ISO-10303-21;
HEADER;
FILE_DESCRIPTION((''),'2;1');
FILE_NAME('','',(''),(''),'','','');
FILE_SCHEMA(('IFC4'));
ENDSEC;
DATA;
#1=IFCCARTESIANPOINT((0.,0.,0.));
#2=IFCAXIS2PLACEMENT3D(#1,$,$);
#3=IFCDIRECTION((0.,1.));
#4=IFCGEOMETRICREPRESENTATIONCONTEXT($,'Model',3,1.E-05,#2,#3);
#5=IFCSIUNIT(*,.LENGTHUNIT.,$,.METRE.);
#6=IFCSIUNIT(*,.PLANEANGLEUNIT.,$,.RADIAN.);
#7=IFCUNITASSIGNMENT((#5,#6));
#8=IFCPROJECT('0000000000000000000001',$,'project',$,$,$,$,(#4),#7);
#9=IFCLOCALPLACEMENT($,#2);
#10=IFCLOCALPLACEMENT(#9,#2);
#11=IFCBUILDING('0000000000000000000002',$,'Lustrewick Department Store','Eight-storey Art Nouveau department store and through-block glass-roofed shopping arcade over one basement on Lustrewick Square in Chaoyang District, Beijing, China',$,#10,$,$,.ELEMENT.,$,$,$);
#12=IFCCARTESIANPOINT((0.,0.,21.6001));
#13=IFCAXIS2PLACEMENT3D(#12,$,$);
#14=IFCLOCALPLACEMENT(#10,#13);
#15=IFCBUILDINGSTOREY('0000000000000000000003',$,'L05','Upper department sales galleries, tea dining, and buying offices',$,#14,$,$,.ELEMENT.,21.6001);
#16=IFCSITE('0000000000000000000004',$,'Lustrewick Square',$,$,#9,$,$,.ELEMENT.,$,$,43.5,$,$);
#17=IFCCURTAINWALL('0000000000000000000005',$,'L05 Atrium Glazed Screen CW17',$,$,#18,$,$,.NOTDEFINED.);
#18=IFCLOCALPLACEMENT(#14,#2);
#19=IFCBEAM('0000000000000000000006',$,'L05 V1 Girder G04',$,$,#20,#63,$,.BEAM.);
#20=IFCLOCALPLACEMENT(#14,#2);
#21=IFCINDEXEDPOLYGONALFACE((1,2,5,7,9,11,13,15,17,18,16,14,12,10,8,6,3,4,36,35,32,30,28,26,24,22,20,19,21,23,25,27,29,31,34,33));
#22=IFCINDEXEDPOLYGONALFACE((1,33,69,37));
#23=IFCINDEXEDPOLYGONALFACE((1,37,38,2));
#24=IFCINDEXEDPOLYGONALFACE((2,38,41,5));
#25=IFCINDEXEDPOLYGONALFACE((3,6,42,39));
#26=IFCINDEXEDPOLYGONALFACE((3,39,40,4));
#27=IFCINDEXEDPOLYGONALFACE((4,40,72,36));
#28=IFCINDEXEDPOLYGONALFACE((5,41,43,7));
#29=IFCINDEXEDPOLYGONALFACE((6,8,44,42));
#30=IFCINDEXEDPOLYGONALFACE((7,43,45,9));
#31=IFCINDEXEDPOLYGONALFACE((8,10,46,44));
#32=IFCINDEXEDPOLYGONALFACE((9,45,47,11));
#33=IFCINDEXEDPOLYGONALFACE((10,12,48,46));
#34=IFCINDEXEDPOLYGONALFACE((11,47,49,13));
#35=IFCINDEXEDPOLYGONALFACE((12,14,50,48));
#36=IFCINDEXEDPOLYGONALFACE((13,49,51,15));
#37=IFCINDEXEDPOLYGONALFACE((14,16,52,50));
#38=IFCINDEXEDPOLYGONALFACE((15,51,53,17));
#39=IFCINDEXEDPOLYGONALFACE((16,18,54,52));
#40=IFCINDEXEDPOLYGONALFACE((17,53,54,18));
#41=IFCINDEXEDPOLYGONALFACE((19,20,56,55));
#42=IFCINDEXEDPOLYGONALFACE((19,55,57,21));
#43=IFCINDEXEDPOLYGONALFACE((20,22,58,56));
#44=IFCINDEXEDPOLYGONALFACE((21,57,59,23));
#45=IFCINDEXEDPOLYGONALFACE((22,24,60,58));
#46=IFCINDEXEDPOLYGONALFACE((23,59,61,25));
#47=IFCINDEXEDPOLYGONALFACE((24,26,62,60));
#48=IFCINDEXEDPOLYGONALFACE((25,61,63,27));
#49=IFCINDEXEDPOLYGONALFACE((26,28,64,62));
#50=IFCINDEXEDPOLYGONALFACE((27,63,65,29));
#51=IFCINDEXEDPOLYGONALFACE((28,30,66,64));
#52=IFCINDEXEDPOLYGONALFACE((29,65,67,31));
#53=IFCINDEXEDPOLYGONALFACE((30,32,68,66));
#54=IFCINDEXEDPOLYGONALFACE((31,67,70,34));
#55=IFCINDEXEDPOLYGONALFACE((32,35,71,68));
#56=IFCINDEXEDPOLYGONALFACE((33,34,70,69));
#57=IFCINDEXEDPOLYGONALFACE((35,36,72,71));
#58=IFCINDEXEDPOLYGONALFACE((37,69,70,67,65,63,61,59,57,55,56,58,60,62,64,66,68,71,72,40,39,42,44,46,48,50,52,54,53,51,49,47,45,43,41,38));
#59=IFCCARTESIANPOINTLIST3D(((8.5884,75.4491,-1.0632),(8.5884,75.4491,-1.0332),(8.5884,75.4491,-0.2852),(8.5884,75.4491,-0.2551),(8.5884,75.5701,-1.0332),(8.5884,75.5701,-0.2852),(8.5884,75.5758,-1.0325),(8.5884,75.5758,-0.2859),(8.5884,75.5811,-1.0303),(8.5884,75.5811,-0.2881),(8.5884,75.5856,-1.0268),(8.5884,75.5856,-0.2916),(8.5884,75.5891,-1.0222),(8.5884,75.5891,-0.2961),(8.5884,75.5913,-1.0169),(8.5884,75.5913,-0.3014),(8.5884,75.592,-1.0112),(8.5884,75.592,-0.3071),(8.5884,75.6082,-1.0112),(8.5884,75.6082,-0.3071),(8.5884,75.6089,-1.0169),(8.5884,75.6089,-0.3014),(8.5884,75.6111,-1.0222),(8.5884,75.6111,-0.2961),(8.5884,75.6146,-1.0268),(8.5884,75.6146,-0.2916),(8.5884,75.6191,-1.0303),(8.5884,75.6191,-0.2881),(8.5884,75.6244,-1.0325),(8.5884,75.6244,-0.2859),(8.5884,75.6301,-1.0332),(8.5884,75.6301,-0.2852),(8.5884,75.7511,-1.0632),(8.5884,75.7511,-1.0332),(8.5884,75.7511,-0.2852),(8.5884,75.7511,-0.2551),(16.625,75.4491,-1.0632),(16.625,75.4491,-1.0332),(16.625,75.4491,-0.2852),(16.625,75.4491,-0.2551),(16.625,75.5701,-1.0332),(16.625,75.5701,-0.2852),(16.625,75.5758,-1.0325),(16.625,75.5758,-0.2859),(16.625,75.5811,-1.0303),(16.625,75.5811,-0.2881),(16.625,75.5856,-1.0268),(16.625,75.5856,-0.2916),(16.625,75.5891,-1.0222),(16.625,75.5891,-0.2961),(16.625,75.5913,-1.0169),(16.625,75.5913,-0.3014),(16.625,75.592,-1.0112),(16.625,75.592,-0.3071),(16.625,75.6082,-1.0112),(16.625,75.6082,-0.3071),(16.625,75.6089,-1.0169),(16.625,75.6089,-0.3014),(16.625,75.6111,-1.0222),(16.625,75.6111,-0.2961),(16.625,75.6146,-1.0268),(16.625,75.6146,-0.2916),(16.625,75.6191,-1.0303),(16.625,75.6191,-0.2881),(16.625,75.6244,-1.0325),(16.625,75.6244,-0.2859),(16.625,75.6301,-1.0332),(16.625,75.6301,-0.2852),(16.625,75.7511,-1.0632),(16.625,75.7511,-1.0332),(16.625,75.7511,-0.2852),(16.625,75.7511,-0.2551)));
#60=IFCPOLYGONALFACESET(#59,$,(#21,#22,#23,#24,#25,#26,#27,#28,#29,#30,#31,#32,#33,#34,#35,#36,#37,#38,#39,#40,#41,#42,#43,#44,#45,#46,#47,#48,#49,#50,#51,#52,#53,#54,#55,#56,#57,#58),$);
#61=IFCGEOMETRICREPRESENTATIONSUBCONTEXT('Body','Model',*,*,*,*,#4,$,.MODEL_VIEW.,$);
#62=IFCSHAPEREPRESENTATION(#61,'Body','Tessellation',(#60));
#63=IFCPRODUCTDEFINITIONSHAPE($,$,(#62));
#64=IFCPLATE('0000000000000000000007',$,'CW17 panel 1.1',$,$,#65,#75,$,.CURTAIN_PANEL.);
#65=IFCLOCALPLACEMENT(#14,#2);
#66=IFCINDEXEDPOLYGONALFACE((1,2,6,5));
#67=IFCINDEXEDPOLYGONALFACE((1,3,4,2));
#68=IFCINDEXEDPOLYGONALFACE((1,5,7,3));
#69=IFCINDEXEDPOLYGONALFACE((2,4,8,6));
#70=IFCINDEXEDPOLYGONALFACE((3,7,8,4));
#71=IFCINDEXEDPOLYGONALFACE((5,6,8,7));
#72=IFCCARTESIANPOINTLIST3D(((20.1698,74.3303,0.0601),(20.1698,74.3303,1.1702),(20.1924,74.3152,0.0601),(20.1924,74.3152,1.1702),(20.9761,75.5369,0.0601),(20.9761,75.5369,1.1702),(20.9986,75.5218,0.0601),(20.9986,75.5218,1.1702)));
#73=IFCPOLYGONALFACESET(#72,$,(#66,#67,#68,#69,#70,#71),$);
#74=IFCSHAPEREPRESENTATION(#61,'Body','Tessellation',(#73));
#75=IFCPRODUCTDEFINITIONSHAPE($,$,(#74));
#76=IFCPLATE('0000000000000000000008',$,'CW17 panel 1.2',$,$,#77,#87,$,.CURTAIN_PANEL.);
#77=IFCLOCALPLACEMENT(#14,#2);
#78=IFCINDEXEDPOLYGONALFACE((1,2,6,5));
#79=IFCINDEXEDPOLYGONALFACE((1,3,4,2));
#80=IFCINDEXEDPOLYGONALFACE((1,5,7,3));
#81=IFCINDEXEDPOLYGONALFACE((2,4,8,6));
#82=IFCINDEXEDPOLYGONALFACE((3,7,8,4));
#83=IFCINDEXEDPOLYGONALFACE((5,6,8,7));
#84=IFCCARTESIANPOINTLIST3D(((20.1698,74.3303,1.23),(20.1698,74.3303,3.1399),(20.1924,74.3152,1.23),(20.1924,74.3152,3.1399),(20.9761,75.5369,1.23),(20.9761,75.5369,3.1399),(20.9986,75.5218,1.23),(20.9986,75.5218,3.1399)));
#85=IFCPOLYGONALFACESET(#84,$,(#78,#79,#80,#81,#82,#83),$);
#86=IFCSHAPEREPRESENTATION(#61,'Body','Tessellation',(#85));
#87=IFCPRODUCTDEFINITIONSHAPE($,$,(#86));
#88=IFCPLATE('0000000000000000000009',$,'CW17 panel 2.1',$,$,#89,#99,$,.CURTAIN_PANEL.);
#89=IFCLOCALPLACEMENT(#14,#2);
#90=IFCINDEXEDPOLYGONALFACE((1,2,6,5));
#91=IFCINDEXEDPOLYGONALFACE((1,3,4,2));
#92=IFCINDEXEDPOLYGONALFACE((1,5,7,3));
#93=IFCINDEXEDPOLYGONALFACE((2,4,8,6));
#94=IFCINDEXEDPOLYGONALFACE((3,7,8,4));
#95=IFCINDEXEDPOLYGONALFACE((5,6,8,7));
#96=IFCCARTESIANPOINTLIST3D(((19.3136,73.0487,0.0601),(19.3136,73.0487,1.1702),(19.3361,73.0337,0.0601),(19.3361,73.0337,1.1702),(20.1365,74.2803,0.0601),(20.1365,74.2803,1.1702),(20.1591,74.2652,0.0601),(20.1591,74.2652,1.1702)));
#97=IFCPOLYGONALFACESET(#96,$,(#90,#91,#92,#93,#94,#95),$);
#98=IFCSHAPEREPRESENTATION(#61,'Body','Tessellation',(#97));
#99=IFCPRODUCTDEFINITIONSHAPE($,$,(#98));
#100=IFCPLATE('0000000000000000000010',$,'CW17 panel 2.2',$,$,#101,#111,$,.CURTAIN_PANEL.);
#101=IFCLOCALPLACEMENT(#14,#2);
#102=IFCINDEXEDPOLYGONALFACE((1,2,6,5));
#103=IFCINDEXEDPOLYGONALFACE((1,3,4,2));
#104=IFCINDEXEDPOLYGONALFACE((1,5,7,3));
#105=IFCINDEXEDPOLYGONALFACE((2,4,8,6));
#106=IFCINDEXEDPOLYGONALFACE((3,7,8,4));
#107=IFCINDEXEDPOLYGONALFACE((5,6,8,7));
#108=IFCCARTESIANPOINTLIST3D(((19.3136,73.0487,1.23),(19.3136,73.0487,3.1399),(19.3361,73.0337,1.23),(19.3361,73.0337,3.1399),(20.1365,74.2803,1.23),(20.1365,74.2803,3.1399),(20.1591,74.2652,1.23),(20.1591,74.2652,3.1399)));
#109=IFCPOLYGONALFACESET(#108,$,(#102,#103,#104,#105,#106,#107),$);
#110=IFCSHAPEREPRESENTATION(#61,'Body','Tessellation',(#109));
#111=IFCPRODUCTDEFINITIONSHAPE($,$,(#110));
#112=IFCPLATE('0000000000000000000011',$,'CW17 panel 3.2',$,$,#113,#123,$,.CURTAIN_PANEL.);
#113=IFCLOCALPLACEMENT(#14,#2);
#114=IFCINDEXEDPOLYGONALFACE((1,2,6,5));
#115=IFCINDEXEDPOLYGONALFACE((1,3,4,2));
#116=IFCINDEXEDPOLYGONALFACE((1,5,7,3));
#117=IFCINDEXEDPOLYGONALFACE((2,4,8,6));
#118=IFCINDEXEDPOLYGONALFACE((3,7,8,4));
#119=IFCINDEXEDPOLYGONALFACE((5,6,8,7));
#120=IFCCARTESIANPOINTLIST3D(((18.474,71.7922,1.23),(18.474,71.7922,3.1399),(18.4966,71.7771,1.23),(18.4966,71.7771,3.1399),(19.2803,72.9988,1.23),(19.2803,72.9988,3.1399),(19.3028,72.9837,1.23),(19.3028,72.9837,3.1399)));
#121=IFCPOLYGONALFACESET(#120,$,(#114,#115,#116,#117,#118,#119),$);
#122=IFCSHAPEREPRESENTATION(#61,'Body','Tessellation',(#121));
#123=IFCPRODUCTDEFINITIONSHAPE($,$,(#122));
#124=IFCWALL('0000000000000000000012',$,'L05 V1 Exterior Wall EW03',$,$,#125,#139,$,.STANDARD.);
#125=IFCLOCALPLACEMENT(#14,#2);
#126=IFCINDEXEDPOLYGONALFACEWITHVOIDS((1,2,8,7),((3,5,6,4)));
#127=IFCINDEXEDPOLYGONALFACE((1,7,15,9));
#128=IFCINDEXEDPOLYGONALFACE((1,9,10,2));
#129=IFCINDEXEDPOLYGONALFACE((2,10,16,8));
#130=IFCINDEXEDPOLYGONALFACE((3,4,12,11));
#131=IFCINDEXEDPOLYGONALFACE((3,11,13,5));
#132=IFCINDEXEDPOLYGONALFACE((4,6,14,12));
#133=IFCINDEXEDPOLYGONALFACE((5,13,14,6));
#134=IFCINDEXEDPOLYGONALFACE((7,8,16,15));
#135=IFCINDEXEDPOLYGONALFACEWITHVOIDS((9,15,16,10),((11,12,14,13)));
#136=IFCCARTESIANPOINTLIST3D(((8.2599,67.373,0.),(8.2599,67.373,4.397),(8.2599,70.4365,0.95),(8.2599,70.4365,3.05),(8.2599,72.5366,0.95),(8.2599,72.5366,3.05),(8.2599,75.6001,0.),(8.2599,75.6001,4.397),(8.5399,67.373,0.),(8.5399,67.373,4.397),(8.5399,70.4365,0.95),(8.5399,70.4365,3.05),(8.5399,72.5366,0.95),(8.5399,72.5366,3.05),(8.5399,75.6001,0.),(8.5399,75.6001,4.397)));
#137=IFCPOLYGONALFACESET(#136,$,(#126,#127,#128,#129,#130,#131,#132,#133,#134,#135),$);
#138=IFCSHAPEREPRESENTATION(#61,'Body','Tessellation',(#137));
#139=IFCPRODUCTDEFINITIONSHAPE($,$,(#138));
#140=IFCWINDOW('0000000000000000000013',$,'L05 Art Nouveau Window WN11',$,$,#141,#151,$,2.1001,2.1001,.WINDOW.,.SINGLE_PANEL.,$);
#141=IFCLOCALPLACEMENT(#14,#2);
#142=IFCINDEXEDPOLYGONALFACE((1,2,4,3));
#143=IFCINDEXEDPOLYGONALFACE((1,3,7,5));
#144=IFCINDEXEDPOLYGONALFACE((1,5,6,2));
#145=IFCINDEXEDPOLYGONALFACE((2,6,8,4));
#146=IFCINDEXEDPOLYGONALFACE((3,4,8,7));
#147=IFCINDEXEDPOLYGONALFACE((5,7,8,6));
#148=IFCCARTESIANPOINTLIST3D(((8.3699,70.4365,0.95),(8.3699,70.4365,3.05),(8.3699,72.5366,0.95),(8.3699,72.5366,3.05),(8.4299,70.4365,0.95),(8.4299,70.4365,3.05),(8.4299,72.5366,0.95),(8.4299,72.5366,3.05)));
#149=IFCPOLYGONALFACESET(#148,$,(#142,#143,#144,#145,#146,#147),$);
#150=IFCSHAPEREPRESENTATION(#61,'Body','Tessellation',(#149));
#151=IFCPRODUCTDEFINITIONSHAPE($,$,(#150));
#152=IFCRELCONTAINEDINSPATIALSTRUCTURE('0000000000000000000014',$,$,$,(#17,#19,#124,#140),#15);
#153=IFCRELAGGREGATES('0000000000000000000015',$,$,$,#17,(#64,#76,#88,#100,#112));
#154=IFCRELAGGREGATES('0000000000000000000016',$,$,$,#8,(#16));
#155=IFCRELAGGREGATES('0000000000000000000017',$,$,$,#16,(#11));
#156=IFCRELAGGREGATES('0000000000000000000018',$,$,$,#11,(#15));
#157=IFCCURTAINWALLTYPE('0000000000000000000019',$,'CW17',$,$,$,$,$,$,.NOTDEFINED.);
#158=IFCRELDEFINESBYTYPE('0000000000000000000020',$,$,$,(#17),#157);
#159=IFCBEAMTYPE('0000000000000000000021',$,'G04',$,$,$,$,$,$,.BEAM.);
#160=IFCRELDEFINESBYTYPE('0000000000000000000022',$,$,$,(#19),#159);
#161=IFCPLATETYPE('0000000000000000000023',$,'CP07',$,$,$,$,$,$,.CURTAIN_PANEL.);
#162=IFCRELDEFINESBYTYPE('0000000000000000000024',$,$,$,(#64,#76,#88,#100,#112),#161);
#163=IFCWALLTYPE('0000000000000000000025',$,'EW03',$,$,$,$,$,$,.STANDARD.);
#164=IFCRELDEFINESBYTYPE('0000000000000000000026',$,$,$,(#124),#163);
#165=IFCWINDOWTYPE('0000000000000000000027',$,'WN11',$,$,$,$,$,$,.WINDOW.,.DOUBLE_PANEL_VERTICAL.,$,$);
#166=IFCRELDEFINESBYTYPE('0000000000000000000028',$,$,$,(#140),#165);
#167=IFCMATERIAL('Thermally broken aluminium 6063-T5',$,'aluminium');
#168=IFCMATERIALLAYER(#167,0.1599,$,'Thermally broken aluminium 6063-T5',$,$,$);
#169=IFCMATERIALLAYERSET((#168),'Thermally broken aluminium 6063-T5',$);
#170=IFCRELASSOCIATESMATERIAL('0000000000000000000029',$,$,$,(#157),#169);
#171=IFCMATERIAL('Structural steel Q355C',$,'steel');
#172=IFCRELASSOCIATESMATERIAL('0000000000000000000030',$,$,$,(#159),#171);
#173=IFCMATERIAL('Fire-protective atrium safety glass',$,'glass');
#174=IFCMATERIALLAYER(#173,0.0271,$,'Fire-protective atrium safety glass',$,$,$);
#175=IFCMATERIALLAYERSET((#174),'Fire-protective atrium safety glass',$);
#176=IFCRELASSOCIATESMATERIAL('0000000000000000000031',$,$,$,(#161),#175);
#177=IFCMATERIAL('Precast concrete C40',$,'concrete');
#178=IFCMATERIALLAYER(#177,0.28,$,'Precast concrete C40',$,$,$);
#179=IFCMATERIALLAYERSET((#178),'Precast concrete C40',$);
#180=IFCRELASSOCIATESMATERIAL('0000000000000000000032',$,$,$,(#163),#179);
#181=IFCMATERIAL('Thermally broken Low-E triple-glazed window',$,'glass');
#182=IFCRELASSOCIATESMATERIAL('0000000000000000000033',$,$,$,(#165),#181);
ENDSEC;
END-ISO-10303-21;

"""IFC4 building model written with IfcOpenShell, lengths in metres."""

from ifc_helpers import new_model, si_unit, direction, frame, frame_2d, origin, origin_2d, place, context, subcontext, project, spatial, rectangle, i_section, extrude, material, layer, layer_set, material_profile, profile_set, type_object, element, fill, aggregate, save


model = new_model("IFC4")

# Units and contexts
model_context = context("Model", 3, precision=1e-05, world=origin(), true_north=direction((0.0, 1.0)))
body_context = subcontext(model_context, "Body", "Model", "MODEL_VIEW")
ifc_project = project(units=[si_unit("LENGTHUNIT", "METRE"), si_unit("PLANEANGLEUNIT", "RADIAN")], contexts=[model_context])

# Site, building, storey
site_placement = place(None, origin())
site = spatial("IfcSite", under=ifc_project, at=site_placement, Name="Lustrewick Square", CompositionType="ELEMENT", RefElevation=43.5)
building_placement = place(site_placement, origin())
building = spatial("IfcBuilding", under=site, at=building_placement, Name="Lustrewick Department Store", Description="Eight-storey Art Nouveau department store and through-block glass-roofed shopping arcade over one basement on Lustrewick Square in Chaoyang District, Beijing, China", CompositionType="ELEMENT")
storey_placement = place(building_placement, frame((0.0, 0.0, 21.6001)))
storey = spatial("IfcBuildingStorey", under=building, at=storey_placement, Name="L05", Description="Upper department sales galleries, tea dining, and buying offices", CompositionType="ELEMENT", Elevation=21.6001)

# Shared definitions
ifc_material_1 = material(Name="Thermally broken aluminium 6063-T5", Category="aluminium")

# Curtain wall
ifc_layer_1 = layer(ifc_material_1, 0.1599, Name="Thermally broken aluminium 6063-T5")
ifc_layer_set_1 = layer_set([ifc_layer_1], Name="Thermally broken aluminium 6063-T5")
curtain_wall_type_1 = type_object("IfcCurtainWallType", Name="CW17", PredefinedType="NOTDEFINED", material=ifc_layer_set_1)
curtain_wall_1_placement = place(storey_placement, origin())
curtain_wall_1 = element("IfcCurtainWall", 1, at=curtain_wall_1_placement, inside=storey, type_object=curtain_wall_type_1, Name="L05 Atrium Glazed Screen CW17", PredefinedType="NOTDEFINED")

# Beam
ifc_material_2 = material(Name="Structural steel Q355C", Category="steel")
ifc_material_profile_1 = material_profile(ifc_material_2, i_section(OverallWidth=0.302, OverallDepth=0.8081, WebThickness=0.0161, FlangeThickness=0.03, FilletRadius=0.022, at=origin_2d()), Name="HN 808x302x16x30")
ifc_profile_set_1 = profile_set([ifc_material_profile_1], Name="Structural steel Q355C")
beam_type_1 = type_object("IfcBeamType", Name="G04", PredefinedType="BEAM", material=ifc_profile_set_1)
beam_1_placement = place(storey_placement, frame((8.5884, 75.6001, -0.6592), z_axis=(1.0, 0.0, 0.0), x_axis=(0.0, 1.0, 0.0)))
element("IfcBeam", 2, at=beam_1_placement, inside=storey, type_object=beam_type_1, Name="L05 V1 Girder G04", PredefinedType="BEAM", context=body_context, shape_type="SweptSolid", body=[
    extrude(i_section(OverallWidth=0.302, OverallDepth=0.8081, WebThickness=0.0161, FlangeThickness=0.03, FilletRadius=0.022, at=origin_2d()), origin(), (0.0, 0.0, 1.0), 8.0366),
])

# Plates
ifc_material_3 = material(Name="Fire-protective atrium safety glass", Category="glass")
ifc_layer_2 = layer(ifc_material_3, 0.0271, Name="Fire-protective atrium safety glass")
ifc_layer_set_2 = layer_set([ifc_layer_2], Name="Fire-protective atrium safety glass")
plate_type = type_object("IfcPlateType", Name="CP07", PredefinedType="CURTAIN_PANEL", material=ifc_layer_set_2)
plate_1_placement = place(storey_placement, frame((20.5842, 74.926, 0.0601), z_axis=(0.0, 0.0, 1.0), x_axis=(-0.555578, -0.831464, 0.0)))
plate_1 = element("IfcPlate", 3, at=plate_1_placement, type_object=plate_type, Name="CW17 panel 1.1", PredefinedType="CURTAIN_PANEL", context=body_context, shape_type="SweptSolid", body=[
    extrude(rectangle(XDim=1.4512, YDim=0.0271, at=origin_2d()), origin(), (0.0, 0.0, 1.0), 1.1101),
])
plate_2_placement = place(storey_placement, frame((20.5842, 74.926, 1.23), z_axis=(0.0, 0.0, 1.0), x_axis=(-0.555578, -0.831464, 0.0)))
plate_2 = element("IfcPlate", 4, at=plate_2_placement, type_object=plate_type, Name="CW17 panel 1.2", PredefinedType="CURTAIN_PANEL", context=body_context, shape_type="SweptSolid", body=[
    extrude(rectangle(XDim=1.4512, YDim=0.0271, at=origin_2d()), origin(), (0.0, 0.0, 1.0), 1.9099),
])
plate_3_placement = place(storey_placement, frame((19.7363, 73.657, 0.0601), z_axis=(0.0, 0.0, 1.0), x_axis=(-0.555578, -0.831464, 0.0)))
plate_3 = element("IfcPlate", 5, at=plate_3_placement, type_object=plate_type, Name="CW17 panel 2.1", PredefinedType="CURTAIN_PANEL", context=body_context, shape_type="SweptSolid", body=[
    extrude(rectangle(XDim=1.4812, YDim=0.0271, at=origin_2d()), origin(), (0.0, 0.0, 1.0), 1.1101),
])
plate_4_placement = place(storey_placement, frame((19.7363, 73.657, 1.23), z_axis=(0.0, 0.0, 1.0), x_axis=(-0.555578, -0.831464, 0.0)))
plate_4 = element("IfcPlate", 6, at=plate_4_placement, type_object=plate_type, Name="CW17 panel 2.2", PredefinedType="CURTAIN_PANEL", context=body_context, shape_type="SweptSolid", body=[
    extrude(rectangle(XDim=1.4812, YDim=0.0271, at=origin_2d()), origin(), (0.0, 0.0, 1.0), 1.9099),
])
plate_5_placement = place(storey_placement, frame((18.8884, 72.3879, 1.23), z_axis=(0.0, 0.0, 1.0), x_axis=(-0.555578, -0.831464, 0.0)))
plate_5 = element("IfcPlate", 7, at=plate_5_placement, type_object=plate_type, Name="CW17 panel 3.2", PredefinedType="CURTAIN_PANEL", context=body_context, shape_type="SweptSolid", body=[
    extrude(rectangle(XDim=1.4512, YDim=0.0271, at=origin_2d()), origin(), (0.0, 0.0, 1.0), 1.9099),
])
aggregate(curtain_wall_1, [plate_1, plate_2, plate_3, plate_4, plate_5])

# Wall, opening, window
ifc_material_4 = material(Name="Precast concrete C40", Category="concrete")
ifc_layer_3 = layer(ifc_material_4, 0.28, Name="Precast concrete C40")
ifc_layer_set_3 = layer_set([ifc_layer_3], Name="Precast concrete C40")
wall_type = type_object("IfcWallType", Name="EW03", PredefinedType="STANDARD", material=ifc_layer_set_3)
wall_placement = place(storey_placement, frame((8.3999, 75.6001, 0.0), z_axis=(0.0, 0.0, 1.0), x_axis=(0.0, -1.0, 0.0)))
wall = element("IfcWall", 8, at=wall_placement, inside=storey, type_object=wall_type, Name="L05 V1 Exterior Wall EW03", PredefinedType="STANDARD", context=body_context, shape_type="SweptSolid", body=[
    extrude(rectangle(XDim=8.2271, YDim=0.28, at=frame_2d((4.1135, 0.0))), origin(), (0.0, 0.0, 1.0), 4.397),
])
opening_placement = place(wall_placement, frame((3.0635, 0.0, 0.95)))
opening = element("IfcOpeningElement", 9, at=opening_placement, cuts=wall, PredefinedType="OPENING", context=body_context, shape_type="SweptSolid", body=[
    extrude(rectangle(XDim=2.1001, YDim=2.1001, at=frame_2d((1.05, 1.05))), frame((0.0, 0.1499, 0.0), z_axis=(0.0, -1.0, 0.0), x_axis=(1.0, 0.0, 0.0)), (0.0, 0.0, 1.0), 0.3),
])
ifc_material_5 = material(Name="Thermally broken Low-E triple-glazed window", Category="glass")
window_type = type_object("IfcWindowType", Name="WN11", PartitioningType="DOUBLE_PANEL_VERTICAL", PredefinedType="WINDOW", material=ifc_material_5)
window_placement = place(opening_placement, origin())
window = element("IfcWindow", 10, at=window_placement, inside=storey, type_object=window_type, Name="L05 Art Nouveau Window WN11", OverallHeight=2.1001, OverallWidth=2.1001, PartitioningType="SINGLE_PANEL", PredefinedType="WINDOW", context=body_context, shape_type="SweptSolid", body=[
    extrude(rectangle(XDim=2.1001, YDim=2.1001, at=frame_2d((1.05, 1.05))), frame((0.0, 0.03, 0.0), z_axis=(0.0, -1.0, 0.0), x_axis=(1.0, 0.0, 0.0)), (0.0, 0.0, 1.0), 0.0601),
])
fill(opening, window)

save(model, "model.ifc")
